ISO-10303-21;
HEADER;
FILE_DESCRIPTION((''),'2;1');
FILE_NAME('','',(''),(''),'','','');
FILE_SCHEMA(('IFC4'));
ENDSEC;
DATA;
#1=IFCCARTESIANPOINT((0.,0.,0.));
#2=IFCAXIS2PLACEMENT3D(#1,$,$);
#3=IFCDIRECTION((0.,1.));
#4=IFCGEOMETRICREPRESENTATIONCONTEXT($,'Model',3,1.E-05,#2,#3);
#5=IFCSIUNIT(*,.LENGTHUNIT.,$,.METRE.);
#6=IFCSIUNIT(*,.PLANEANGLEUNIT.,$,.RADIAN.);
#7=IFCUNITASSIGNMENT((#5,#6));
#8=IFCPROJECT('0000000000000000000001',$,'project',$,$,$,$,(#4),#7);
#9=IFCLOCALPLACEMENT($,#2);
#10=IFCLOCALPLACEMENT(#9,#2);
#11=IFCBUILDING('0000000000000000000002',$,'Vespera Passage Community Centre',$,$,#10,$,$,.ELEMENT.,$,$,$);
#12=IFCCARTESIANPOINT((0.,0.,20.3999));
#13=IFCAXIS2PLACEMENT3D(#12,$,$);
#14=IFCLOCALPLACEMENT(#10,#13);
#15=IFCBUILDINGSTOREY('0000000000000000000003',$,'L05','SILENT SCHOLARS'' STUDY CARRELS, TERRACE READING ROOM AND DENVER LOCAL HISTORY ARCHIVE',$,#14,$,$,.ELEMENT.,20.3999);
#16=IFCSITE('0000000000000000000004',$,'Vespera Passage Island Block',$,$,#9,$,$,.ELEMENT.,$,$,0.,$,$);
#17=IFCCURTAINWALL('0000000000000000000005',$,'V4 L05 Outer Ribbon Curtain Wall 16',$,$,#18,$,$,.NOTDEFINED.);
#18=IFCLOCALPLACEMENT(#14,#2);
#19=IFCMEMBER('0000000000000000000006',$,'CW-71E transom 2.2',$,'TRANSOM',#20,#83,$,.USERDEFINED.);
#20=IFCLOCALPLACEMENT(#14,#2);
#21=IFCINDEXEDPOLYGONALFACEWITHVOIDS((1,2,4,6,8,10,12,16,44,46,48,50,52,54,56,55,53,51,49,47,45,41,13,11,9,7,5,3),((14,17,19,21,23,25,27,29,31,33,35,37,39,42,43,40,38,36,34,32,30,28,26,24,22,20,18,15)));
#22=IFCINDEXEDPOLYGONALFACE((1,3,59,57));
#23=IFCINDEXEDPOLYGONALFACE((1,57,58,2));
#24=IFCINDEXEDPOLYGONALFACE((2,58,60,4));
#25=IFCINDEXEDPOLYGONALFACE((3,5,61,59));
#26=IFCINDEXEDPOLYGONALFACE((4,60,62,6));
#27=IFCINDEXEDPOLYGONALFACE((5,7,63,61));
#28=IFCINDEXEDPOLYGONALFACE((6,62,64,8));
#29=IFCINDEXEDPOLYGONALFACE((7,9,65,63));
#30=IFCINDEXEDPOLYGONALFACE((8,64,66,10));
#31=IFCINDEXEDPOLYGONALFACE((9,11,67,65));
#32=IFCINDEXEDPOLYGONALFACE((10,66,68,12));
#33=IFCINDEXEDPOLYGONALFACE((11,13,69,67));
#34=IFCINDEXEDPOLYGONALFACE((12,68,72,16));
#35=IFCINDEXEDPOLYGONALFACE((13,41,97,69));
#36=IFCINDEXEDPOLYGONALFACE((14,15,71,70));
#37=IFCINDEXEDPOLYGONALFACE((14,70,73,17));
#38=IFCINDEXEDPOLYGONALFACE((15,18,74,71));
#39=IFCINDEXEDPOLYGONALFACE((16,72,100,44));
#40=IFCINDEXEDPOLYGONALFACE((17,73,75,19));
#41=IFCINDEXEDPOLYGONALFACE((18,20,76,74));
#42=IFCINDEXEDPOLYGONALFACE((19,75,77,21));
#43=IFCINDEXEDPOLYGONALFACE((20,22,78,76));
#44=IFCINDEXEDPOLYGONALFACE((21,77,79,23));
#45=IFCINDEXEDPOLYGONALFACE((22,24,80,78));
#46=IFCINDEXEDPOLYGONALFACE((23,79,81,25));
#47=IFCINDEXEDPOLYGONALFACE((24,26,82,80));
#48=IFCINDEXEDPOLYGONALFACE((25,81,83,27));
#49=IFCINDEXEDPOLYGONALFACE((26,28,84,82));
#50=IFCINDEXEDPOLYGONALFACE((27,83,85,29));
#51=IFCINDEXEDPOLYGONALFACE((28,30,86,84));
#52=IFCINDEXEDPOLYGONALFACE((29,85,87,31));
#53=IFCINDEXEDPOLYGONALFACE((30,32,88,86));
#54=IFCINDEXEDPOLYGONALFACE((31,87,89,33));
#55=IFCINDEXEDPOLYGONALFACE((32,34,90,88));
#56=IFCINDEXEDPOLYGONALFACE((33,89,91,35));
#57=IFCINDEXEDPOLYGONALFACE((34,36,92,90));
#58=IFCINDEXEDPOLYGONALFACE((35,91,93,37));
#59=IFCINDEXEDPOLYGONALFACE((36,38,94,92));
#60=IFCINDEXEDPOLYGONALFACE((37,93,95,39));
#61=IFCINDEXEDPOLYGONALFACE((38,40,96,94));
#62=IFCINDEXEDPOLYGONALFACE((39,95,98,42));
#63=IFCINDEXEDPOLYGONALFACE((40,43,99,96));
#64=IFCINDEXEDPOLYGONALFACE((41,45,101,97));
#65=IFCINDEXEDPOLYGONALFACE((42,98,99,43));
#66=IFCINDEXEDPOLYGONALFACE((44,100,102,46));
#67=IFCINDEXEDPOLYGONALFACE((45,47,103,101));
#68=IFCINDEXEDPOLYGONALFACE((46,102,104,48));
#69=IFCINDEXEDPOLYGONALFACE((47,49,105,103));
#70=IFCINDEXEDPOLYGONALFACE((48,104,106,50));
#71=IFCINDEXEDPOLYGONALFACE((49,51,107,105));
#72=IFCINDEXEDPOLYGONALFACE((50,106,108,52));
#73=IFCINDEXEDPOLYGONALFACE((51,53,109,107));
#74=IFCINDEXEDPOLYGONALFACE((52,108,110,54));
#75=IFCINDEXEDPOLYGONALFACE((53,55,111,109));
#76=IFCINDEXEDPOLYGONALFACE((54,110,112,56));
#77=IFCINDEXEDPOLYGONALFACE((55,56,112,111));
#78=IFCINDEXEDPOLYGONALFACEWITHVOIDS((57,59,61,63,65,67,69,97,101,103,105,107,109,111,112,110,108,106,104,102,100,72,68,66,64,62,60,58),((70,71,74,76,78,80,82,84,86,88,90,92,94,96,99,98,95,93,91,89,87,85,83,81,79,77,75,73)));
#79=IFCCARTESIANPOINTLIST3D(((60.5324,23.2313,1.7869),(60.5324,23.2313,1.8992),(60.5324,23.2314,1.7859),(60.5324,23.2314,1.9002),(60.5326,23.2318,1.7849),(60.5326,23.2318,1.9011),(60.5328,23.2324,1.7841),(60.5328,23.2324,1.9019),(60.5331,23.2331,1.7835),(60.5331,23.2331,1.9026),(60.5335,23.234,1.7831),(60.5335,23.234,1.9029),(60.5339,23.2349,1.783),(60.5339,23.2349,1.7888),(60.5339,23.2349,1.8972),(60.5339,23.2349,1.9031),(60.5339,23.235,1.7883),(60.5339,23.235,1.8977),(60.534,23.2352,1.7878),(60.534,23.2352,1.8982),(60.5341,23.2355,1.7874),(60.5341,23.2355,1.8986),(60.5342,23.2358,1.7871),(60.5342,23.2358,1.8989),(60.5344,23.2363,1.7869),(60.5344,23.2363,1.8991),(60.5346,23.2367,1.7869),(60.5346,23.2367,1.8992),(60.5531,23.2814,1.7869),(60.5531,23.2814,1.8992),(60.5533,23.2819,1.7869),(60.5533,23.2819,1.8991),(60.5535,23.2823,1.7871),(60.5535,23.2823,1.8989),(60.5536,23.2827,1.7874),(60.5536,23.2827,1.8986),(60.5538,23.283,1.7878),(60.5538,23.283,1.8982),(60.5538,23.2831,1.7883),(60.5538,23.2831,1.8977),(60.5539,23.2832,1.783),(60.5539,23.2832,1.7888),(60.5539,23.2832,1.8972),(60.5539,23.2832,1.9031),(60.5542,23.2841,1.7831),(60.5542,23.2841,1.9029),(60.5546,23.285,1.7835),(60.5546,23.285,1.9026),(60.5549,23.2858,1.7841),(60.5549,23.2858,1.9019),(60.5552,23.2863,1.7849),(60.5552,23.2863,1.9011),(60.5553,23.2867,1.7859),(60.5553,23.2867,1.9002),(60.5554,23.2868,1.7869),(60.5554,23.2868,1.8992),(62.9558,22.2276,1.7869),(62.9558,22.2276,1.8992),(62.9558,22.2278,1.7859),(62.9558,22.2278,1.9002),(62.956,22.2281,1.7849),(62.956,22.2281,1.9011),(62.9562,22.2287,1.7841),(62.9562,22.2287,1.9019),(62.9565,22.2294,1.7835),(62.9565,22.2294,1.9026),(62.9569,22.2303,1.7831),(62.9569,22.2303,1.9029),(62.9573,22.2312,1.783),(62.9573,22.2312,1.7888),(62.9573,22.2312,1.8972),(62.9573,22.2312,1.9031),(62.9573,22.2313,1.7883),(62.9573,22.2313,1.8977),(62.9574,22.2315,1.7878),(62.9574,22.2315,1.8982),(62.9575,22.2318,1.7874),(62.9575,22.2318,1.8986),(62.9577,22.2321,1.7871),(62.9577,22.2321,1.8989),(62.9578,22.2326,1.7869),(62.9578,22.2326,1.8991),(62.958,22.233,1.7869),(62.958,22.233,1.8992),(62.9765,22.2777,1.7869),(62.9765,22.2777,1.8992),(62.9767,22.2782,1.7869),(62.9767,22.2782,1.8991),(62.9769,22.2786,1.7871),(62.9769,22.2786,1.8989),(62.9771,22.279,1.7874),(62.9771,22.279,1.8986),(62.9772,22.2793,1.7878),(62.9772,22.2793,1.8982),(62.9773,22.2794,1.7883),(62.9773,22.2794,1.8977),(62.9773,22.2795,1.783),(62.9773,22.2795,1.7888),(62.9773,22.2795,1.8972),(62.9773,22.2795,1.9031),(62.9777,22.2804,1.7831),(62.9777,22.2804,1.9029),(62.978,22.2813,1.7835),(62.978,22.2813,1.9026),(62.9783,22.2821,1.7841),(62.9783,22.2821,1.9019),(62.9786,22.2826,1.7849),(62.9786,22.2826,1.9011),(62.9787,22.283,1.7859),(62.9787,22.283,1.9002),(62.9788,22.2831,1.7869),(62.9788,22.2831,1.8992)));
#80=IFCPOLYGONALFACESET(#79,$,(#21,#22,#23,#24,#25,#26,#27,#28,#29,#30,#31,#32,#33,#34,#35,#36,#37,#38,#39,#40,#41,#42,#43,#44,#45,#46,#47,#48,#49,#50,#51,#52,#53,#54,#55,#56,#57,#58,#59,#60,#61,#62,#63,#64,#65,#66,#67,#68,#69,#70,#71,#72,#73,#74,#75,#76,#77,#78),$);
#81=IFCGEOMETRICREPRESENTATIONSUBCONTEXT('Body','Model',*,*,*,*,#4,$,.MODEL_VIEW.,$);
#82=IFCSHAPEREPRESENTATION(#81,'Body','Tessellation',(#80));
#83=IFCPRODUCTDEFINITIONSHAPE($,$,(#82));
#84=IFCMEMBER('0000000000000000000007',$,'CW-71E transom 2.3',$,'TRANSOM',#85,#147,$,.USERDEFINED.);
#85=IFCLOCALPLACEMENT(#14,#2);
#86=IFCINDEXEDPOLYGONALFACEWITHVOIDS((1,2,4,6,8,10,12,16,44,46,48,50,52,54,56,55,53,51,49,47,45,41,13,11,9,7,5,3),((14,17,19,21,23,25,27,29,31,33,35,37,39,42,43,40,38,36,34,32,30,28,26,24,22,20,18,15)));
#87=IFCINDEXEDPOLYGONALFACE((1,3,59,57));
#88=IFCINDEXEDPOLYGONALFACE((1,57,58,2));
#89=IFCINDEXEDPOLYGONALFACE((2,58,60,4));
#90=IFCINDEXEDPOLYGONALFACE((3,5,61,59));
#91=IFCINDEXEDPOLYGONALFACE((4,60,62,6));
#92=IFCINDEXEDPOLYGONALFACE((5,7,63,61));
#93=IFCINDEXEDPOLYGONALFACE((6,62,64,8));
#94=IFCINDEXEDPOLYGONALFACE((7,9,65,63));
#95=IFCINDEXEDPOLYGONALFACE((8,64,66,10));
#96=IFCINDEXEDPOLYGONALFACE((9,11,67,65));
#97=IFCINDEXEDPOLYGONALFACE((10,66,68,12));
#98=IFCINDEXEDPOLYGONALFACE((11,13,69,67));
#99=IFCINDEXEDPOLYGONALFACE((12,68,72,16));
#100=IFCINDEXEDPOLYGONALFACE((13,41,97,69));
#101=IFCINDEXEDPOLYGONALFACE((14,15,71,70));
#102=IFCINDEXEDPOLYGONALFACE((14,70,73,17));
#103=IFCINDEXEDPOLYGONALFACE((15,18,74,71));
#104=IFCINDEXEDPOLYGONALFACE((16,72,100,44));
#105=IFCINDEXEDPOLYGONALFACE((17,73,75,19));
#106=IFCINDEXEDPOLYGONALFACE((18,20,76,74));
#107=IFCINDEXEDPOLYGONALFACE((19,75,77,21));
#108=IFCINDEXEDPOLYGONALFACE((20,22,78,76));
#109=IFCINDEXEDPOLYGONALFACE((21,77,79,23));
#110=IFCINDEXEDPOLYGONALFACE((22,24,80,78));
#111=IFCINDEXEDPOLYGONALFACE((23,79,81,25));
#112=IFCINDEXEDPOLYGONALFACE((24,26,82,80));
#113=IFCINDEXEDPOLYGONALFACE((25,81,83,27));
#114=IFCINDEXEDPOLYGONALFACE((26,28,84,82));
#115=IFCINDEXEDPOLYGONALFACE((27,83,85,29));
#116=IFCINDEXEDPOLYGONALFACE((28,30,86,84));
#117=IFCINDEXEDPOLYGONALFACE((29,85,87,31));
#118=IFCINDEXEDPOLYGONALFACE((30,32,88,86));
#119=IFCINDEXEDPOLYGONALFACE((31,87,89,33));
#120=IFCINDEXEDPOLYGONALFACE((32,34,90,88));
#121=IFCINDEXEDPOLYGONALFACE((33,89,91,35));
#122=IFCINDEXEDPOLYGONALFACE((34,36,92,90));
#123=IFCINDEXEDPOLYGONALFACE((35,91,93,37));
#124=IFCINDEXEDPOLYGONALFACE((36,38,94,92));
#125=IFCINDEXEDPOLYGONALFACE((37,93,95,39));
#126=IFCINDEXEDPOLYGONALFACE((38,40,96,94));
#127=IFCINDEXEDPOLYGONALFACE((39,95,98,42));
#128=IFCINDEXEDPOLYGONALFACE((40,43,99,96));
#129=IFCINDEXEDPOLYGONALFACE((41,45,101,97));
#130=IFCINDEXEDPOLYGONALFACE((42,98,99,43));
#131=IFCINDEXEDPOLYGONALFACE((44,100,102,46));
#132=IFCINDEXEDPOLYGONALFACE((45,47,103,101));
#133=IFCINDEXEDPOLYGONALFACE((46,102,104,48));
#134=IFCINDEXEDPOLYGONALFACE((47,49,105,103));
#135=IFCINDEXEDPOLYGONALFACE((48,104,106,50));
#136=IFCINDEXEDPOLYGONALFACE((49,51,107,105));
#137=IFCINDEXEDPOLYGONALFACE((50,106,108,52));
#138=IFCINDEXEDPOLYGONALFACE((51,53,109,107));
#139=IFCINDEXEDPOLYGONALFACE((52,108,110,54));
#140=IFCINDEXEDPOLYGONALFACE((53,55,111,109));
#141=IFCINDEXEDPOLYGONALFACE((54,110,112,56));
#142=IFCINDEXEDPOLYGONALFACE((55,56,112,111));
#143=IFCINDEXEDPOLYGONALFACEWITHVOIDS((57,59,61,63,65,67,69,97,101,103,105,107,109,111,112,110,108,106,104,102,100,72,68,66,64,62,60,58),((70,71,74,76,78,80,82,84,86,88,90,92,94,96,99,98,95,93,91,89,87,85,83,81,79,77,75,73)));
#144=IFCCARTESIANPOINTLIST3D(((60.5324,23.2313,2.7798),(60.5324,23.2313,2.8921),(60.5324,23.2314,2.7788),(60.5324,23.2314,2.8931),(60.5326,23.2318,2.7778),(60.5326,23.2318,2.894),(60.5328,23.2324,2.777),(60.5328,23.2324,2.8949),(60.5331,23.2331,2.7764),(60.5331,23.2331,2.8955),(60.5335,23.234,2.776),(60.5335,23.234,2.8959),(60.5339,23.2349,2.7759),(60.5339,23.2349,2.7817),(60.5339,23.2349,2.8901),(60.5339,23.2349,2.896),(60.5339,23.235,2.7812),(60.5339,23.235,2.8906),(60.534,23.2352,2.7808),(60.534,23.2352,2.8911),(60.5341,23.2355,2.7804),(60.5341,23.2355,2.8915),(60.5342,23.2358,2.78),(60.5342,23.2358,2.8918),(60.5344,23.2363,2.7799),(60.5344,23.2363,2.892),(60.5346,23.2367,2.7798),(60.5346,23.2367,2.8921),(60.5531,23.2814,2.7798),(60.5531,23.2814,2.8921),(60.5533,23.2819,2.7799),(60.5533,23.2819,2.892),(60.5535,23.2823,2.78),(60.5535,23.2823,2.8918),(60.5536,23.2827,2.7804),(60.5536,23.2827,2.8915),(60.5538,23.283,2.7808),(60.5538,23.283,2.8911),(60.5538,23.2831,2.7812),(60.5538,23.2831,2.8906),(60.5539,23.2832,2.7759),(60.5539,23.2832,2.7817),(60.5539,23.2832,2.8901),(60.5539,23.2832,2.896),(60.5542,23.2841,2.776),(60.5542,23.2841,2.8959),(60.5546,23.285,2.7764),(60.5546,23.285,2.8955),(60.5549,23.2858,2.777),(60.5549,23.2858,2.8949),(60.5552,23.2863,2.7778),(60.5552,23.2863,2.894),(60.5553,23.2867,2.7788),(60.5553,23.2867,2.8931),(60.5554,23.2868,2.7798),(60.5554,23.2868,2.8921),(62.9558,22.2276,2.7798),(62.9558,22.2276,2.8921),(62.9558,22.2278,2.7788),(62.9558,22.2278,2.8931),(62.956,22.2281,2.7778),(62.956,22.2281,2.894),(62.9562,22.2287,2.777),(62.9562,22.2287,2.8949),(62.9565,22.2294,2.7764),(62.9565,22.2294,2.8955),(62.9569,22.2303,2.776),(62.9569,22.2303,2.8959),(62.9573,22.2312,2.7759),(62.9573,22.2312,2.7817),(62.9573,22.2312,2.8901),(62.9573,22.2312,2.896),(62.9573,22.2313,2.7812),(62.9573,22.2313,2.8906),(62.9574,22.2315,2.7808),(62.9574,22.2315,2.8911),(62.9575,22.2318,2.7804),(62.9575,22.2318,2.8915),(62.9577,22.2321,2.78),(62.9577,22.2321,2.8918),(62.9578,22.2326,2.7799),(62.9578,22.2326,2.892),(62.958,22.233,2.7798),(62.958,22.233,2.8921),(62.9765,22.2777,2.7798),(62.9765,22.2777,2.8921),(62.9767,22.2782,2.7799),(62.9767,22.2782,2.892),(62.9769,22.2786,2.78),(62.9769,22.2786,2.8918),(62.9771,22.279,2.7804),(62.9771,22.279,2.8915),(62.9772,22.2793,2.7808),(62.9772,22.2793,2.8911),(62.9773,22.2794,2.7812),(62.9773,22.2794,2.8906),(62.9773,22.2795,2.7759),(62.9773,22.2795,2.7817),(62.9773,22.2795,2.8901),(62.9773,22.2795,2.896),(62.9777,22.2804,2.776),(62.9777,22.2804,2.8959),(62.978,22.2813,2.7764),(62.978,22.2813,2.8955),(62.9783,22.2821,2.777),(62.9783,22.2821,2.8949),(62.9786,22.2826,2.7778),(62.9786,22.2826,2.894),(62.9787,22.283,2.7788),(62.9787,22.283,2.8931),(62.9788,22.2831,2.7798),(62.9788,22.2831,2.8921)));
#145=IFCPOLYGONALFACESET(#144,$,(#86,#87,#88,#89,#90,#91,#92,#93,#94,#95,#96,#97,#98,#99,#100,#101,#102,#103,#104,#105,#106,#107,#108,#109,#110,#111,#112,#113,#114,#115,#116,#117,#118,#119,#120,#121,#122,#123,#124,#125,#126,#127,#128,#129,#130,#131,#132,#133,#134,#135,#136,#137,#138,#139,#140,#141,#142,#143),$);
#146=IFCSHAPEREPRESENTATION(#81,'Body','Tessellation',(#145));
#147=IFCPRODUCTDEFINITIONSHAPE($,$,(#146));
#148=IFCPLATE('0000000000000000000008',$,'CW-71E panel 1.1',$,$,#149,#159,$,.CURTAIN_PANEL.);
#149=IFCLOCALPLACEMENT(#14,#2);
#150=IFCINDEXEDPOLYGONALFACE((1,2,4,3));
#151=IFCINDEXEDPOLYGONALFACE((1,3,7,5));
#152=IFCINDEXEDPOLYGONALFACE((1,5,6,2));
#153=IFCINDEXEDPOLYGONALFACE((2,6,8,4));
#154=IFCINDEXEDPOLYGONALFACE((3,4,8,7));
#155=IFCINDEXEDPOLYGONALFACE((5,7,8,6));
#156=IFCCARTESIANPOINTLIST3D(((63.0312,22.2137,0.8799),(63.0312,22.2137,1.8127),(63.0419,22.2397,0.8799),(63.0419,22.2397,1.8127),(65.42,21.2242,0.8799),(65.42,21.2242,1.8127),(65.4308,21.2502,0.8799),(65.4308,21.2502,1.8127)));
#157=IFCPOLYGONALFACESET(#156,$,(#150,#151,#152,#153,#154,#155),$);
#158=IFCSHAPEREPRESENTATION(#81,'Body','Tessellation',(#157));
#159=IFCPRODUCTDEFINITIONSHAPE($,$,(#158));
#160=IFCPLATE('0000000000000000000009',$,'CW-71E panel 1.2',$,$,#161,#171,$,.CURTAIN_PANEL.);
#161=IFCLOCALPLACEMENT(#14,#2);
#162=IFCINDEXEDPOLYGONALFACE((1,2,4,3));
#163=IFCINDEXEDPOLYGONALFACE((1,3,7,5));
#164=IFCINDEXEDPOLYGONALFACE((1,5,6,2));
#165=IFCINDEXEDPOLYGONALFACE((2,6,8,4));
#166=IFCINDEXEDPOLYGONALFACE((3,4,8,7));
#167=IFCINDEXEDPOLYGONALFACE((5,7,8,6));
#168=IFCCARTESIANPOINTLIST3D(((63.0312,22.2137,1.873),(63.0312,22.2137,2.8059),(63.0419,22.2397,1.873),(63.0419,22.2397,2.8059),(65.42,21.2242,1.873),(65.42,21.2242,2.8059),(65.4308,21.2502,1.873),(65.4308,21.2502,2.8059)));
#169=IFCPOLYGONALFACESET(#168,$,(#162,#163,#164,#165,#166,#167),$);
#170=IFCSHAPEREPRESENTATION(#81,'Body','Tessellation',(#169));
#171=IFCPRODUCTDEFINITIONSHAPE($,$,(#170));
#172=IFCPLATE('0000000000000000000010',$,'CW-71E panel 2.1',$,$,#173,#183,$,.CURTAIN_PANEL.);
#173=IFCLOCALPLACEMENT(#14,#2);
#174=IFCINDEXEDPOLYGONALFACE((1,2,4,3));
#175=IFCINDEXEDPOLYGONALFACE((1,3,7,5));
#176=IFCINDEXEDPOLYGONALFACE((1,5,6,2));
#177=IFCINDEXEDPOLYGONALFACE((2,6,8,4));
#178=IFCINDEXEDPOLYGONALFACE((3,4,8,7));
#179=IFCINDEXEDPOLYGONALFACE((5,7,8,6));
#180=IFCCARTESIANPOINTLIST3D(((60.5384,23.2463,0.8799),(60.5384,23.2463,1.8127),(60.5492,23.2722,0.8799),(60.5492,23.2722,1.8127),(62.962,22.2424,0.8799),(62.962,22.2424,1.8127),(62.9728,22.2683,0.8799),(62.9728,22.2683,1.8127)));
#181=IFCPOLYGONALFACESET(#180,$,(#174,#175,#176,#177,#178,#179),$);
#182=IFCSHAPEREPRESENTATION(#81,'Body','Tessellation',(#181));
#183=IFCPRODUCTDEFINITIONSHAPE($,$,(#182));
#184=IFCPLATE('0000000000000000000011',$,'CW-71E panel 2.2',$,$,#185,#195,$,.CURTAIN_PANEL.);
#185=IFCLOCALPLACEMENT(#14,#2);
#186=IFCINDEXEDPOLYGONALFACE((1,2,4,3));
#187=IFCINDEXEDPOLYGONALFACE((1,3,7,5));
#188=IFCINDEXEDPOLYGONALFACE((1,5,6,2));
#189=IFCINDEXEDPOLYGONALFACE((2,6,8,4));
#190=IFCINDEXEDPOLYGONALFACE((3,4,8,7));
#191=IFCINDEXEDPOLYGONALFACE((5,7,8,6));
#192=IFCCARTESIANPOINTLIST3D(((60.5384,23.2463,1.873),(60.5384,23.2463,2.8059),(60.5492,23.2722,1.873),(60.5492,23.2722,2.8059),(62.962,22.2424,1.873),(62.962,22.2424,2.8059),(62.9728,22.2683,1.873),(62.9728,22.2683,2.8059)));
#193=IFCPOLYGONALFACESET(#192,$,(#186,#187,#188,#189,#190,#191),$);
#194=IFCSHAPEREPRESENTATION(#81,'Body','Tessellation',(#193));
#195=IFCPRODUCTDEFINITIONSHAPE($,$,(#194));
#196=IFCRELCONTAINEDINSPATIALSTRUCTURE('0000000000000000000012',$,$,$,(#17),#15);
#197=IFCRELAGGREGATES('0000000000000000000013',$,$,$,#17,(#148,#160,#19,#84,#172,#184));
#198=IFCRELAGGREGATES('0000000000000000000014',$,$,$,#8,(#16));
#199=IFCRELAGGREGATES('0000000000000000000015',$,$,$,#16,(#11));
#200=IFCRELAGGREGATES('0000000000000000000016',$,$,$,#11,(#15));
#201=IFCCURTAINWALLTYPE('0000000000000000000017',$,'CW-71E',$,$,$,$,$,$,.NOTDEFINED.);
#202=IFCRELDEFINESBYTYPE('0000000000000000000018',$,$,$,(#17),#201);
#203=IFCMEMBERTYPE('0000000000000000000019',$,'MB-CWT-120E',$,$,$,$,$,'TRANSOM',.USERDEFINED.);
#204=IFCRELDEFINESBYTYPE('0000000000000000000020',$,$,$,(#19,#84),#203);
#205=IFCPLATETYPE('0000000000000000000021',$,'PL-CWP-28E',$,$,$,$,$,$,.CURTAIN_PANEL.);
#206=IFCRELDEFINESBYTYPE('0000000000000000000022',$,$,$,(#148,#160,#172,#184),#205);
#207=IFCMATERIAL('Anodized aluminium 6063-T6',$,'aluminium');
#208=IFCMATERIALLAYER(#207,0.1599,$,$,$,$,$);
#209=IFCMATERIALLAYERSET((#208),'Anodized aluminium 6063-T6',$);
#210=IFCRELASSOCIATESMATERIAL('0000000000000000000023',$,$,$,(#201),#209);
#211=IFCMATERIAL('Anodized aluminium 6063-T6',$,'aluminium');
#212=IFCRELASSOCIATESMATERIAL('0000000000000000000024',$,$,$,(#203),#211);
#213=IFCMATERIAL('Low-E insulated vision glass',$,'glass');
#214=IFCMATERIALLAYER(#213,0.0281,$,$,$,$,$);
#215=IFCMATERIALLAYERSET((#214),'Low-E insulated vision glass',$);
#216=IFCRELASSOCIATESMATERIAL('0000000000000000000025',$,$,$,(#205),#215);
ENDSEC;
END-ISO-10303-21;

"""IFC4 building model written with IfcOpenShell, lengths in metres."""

from ifc_helpers import new_model, si_unit, direction, frame, origin, origin_2d, place, context, subcontext, project, spatial, rectangle, hollow_rectangle, extrude, material, layer, layer_set, material_profile, profile_set, type_object, element, aggregate, save


model = new_model("IFC4")

# Units and contexts
model_context = context("Model", 3, precision=1e-05, world=origin(), true_north=direction((0.0, 1.0)))
body_context = subcontext(model_context, "Body", "Model", "MODEL_VIEW")
ifc_project = project(units=[si_unit("LENGTHUNIT", "METRE"), si_unit("PLANEANGLEUNIT", "RADIAN")], contexts=[model_context])

# Site, building, storey
site_placement = place(None, origin())
site = spatial("IfcSite", under=ifc_project, at=site_placement, Name="Vespera Passage Island Block", CompositionType="ELEMENT", RefElevation=0.0)
building_placement = place(site_placement, origin())
building = spatial("IfcBuilding", under=site, at=building_placement, Name="Vespera Passage Community Centre", CompositionType="ELEMENT")
storey_placement = place(building_placement, frame((0.0, 0.0, 20.3999)))
storey = spatial("IfcBuildingStorey", under=building, at=storey_placement, Name="L05", Description="SILENT SCHOLARS' STUDY CARRELS, TERRACE READING ROOM AND DENVER LOCAL HISTORY ARCHIVE", CompositionType="ELEMENT", Elevation=20.3999)

# Curtain wall
ifc_material_1 = material(Name="Anodized aluminium 6063-T6", Category="aluminium")
ifc_layer_1 = layer(ifc_material_1, 0.1599)
ifc_layer_set_1 = layer_set([ifc_layer_1], Name="Anodized aluminium 6063-T6")
curtain_wall_type_1 = type_object("IfcCurtainWallType", Name="CW-71E", PredefinedType="NOTDEFINED", material=ifc_layer_set_1)
curtain_wall_1_placement = place(storey_placement, origin())
curtain_wall_1 = element("IfcCurtainWall", 1, at=curtain_wall_1_placement, inside=storey, type_object=curtain_wall_type_1, Name="V4 L05 Outer Ribbon Curtain Wall 16", PredefinedType="NOTDEFINED")

# Members
ifc_material_2 = material(Name="Anodized aluminium 6063-T6", Category="aluminium")
ifc_material_profile_1 = material_profile(ifc_material_2, hollow_rectangle(XDim=0.0601, YDim=0.1201, WallThickness=0.0039, InnerFilletRadius=0.002, OuterFilletRadius=0.0039, at=origin_2d()), Name="ALU120X60X4")
ifc_profile_set_1 = profile_set([ifc_material_profile_1], Name="Anodized aluminium 6063-T6")
member_type_1 = type_object("IfcMemberType", Name="MB-CWT-120E", ElementType="TRANSOM", PredefinedType="USERDEFINED", material=ifc_profile_set_1)
member_1_placement = place(storey_placement, frame((62.9673, 22.2554, 1.843), z_axis=(-0.923895, 0.382645, 0.0), x_axis=(-0.382645, -0.923895, 0.0)))
member_1 = element("IfcMember", 2, at=member_1_placement, type_object=member_type_1, Name="CW-71E transom 2.2", ObjectType="TRANSOM", PredefinedType="USERDEFINED", context=body_context, shape_type="SweptSolid", body=[
    extrude(hollow_rectangle(XDim=0.0601, YDim=0.1201, WallThickness=0.0039, InnerFilletRadius=0.002, OuterFilletRadius=0.0039, at=origin_2d()), origin(), (0.0, 0.0, 1.0), 2.623),
])
member_2_placement = place(storey_placement, frame((62.9673, 22.2554, 2.8359), z_axis=(-0.923895, 0.382645, 0.0), x_axis=(-0.382645, -0.923895, 0.0)))
member_2 = element("IfcMember", 3, at=member_2_placement, type_object=member_type_1, Name="CW-71E transom 2.3", ObjectType="TRANSOM", PredefinedType="USERDEFINED", context=body_context, shape_type="SweptSolid", body=[
    extrude(hollow_rectangle(XDim=0.0601, YDim=0.1201, WallThickness=0.0039, InnerFilletRadius=0.002, OuterFilletRadius=0.0039, at=origin_2d()), origin(), (0.0, 0.0, 1.0), 2.623),
])

# Plates
ifc_material_3 = material(Name="Low-E insulated vision glass", Category="glass")
ifc_layer_2 = layer(ifc_material_3, 0.0281)
ifc_layer_set_2 = layer_set([ifc_layer_2], Name="Low-E insulated vision glass")
plate_type = type_object("IfcPlateType", Name="PL-CWP-28E", PredefinedType="CURTAIN_PANEL", material=ifc_layer_set_2)
plate_1_placement = place(storey_placement, frame((64.231, 21.7319, 0.8799), z_axis=(0.0, 0.0, 1.0), x_axis=(-0.92388, 0.382683, 0.0)))
plate_1 = element("IfcPlate", 4, at=plate_1_placement, type_object=plate_type, Name="CW-71E panel 1.1", PredefinedType="CURTAIN_PANEL", context=body_context, shape_type="SweptSolid", body=[
    extrude(rectangle(XDim=2.5857, YDim=0.0281, at=origin_2d()), origin(), (0.0, 0.0, 1.0), 0.9329),
])
plate_2_placement = place(storey_placement, frame((64.231, 21.7319, 1.873), z_axis=(0.0, 0.0, 1.0), x_axis=(-0.92388, 0.382683, 0.0)))
plate_2 = element("IfcPlate", 5, at=plate_2_placement, type_object=plate_type, Name="CW-71E panel 1.2", PredefinedType="CURTAIN_PANEL", context=body_context, shape_type="SweptSolid", body=[
    extrude(rectangle(XDim=2.5857, YDim=0.0281, at=origin_2d()), origin(), (0.0, 0.0, 1.0), 0.9329),
])
plate_3_placement = place(storey_placement, frame((61.7556, 22.7573, 0.8799), z_axis=(0.0, 0.0, 1.0), x_axis=(-0.92388, 0.382683, 0.0)))
plate_3 = element("IfcPlate", 6, at=plate_3_placement, type_object=plate_type, Name="CW-71E panel 2.1", PredefinedType="CURTAIN_PANEL", context=body_context, shape_type="SweptSolid", body=[
    extrude(rectangle(XDim=2.6233, YDim=0.0281, at=origin_2d()), origin(), (0.0, 0.0, 1.0), 0.9329),
])
plate_4_placement = place(storey_placement, frame((61.7556, 22.7573, 1.873), z_axis=(0.0, 0.0, 1.0), x_axis=(-0.92388, 0.382683, 0.0)))
plate_4 = element("IfcPlate", 7, at=plate_4_placement, type_object=plate_type, Name="CW-71E panel 2.2", PredefinedType="CURTAIN_PANEL", context=body_context, shape_type="SweptSolid", body=[
    extrude(rectangle(XDim=2.6233, YDim=0.0281, at=origin_2d()), origin(), (0.0, 0.0, 1.0), 0.9329),
])
aggregate(curtain_wall_1, [plate_1, plate_2, member_1, member_2, plate_3, plate_4])

save(model, "model.ifc")
